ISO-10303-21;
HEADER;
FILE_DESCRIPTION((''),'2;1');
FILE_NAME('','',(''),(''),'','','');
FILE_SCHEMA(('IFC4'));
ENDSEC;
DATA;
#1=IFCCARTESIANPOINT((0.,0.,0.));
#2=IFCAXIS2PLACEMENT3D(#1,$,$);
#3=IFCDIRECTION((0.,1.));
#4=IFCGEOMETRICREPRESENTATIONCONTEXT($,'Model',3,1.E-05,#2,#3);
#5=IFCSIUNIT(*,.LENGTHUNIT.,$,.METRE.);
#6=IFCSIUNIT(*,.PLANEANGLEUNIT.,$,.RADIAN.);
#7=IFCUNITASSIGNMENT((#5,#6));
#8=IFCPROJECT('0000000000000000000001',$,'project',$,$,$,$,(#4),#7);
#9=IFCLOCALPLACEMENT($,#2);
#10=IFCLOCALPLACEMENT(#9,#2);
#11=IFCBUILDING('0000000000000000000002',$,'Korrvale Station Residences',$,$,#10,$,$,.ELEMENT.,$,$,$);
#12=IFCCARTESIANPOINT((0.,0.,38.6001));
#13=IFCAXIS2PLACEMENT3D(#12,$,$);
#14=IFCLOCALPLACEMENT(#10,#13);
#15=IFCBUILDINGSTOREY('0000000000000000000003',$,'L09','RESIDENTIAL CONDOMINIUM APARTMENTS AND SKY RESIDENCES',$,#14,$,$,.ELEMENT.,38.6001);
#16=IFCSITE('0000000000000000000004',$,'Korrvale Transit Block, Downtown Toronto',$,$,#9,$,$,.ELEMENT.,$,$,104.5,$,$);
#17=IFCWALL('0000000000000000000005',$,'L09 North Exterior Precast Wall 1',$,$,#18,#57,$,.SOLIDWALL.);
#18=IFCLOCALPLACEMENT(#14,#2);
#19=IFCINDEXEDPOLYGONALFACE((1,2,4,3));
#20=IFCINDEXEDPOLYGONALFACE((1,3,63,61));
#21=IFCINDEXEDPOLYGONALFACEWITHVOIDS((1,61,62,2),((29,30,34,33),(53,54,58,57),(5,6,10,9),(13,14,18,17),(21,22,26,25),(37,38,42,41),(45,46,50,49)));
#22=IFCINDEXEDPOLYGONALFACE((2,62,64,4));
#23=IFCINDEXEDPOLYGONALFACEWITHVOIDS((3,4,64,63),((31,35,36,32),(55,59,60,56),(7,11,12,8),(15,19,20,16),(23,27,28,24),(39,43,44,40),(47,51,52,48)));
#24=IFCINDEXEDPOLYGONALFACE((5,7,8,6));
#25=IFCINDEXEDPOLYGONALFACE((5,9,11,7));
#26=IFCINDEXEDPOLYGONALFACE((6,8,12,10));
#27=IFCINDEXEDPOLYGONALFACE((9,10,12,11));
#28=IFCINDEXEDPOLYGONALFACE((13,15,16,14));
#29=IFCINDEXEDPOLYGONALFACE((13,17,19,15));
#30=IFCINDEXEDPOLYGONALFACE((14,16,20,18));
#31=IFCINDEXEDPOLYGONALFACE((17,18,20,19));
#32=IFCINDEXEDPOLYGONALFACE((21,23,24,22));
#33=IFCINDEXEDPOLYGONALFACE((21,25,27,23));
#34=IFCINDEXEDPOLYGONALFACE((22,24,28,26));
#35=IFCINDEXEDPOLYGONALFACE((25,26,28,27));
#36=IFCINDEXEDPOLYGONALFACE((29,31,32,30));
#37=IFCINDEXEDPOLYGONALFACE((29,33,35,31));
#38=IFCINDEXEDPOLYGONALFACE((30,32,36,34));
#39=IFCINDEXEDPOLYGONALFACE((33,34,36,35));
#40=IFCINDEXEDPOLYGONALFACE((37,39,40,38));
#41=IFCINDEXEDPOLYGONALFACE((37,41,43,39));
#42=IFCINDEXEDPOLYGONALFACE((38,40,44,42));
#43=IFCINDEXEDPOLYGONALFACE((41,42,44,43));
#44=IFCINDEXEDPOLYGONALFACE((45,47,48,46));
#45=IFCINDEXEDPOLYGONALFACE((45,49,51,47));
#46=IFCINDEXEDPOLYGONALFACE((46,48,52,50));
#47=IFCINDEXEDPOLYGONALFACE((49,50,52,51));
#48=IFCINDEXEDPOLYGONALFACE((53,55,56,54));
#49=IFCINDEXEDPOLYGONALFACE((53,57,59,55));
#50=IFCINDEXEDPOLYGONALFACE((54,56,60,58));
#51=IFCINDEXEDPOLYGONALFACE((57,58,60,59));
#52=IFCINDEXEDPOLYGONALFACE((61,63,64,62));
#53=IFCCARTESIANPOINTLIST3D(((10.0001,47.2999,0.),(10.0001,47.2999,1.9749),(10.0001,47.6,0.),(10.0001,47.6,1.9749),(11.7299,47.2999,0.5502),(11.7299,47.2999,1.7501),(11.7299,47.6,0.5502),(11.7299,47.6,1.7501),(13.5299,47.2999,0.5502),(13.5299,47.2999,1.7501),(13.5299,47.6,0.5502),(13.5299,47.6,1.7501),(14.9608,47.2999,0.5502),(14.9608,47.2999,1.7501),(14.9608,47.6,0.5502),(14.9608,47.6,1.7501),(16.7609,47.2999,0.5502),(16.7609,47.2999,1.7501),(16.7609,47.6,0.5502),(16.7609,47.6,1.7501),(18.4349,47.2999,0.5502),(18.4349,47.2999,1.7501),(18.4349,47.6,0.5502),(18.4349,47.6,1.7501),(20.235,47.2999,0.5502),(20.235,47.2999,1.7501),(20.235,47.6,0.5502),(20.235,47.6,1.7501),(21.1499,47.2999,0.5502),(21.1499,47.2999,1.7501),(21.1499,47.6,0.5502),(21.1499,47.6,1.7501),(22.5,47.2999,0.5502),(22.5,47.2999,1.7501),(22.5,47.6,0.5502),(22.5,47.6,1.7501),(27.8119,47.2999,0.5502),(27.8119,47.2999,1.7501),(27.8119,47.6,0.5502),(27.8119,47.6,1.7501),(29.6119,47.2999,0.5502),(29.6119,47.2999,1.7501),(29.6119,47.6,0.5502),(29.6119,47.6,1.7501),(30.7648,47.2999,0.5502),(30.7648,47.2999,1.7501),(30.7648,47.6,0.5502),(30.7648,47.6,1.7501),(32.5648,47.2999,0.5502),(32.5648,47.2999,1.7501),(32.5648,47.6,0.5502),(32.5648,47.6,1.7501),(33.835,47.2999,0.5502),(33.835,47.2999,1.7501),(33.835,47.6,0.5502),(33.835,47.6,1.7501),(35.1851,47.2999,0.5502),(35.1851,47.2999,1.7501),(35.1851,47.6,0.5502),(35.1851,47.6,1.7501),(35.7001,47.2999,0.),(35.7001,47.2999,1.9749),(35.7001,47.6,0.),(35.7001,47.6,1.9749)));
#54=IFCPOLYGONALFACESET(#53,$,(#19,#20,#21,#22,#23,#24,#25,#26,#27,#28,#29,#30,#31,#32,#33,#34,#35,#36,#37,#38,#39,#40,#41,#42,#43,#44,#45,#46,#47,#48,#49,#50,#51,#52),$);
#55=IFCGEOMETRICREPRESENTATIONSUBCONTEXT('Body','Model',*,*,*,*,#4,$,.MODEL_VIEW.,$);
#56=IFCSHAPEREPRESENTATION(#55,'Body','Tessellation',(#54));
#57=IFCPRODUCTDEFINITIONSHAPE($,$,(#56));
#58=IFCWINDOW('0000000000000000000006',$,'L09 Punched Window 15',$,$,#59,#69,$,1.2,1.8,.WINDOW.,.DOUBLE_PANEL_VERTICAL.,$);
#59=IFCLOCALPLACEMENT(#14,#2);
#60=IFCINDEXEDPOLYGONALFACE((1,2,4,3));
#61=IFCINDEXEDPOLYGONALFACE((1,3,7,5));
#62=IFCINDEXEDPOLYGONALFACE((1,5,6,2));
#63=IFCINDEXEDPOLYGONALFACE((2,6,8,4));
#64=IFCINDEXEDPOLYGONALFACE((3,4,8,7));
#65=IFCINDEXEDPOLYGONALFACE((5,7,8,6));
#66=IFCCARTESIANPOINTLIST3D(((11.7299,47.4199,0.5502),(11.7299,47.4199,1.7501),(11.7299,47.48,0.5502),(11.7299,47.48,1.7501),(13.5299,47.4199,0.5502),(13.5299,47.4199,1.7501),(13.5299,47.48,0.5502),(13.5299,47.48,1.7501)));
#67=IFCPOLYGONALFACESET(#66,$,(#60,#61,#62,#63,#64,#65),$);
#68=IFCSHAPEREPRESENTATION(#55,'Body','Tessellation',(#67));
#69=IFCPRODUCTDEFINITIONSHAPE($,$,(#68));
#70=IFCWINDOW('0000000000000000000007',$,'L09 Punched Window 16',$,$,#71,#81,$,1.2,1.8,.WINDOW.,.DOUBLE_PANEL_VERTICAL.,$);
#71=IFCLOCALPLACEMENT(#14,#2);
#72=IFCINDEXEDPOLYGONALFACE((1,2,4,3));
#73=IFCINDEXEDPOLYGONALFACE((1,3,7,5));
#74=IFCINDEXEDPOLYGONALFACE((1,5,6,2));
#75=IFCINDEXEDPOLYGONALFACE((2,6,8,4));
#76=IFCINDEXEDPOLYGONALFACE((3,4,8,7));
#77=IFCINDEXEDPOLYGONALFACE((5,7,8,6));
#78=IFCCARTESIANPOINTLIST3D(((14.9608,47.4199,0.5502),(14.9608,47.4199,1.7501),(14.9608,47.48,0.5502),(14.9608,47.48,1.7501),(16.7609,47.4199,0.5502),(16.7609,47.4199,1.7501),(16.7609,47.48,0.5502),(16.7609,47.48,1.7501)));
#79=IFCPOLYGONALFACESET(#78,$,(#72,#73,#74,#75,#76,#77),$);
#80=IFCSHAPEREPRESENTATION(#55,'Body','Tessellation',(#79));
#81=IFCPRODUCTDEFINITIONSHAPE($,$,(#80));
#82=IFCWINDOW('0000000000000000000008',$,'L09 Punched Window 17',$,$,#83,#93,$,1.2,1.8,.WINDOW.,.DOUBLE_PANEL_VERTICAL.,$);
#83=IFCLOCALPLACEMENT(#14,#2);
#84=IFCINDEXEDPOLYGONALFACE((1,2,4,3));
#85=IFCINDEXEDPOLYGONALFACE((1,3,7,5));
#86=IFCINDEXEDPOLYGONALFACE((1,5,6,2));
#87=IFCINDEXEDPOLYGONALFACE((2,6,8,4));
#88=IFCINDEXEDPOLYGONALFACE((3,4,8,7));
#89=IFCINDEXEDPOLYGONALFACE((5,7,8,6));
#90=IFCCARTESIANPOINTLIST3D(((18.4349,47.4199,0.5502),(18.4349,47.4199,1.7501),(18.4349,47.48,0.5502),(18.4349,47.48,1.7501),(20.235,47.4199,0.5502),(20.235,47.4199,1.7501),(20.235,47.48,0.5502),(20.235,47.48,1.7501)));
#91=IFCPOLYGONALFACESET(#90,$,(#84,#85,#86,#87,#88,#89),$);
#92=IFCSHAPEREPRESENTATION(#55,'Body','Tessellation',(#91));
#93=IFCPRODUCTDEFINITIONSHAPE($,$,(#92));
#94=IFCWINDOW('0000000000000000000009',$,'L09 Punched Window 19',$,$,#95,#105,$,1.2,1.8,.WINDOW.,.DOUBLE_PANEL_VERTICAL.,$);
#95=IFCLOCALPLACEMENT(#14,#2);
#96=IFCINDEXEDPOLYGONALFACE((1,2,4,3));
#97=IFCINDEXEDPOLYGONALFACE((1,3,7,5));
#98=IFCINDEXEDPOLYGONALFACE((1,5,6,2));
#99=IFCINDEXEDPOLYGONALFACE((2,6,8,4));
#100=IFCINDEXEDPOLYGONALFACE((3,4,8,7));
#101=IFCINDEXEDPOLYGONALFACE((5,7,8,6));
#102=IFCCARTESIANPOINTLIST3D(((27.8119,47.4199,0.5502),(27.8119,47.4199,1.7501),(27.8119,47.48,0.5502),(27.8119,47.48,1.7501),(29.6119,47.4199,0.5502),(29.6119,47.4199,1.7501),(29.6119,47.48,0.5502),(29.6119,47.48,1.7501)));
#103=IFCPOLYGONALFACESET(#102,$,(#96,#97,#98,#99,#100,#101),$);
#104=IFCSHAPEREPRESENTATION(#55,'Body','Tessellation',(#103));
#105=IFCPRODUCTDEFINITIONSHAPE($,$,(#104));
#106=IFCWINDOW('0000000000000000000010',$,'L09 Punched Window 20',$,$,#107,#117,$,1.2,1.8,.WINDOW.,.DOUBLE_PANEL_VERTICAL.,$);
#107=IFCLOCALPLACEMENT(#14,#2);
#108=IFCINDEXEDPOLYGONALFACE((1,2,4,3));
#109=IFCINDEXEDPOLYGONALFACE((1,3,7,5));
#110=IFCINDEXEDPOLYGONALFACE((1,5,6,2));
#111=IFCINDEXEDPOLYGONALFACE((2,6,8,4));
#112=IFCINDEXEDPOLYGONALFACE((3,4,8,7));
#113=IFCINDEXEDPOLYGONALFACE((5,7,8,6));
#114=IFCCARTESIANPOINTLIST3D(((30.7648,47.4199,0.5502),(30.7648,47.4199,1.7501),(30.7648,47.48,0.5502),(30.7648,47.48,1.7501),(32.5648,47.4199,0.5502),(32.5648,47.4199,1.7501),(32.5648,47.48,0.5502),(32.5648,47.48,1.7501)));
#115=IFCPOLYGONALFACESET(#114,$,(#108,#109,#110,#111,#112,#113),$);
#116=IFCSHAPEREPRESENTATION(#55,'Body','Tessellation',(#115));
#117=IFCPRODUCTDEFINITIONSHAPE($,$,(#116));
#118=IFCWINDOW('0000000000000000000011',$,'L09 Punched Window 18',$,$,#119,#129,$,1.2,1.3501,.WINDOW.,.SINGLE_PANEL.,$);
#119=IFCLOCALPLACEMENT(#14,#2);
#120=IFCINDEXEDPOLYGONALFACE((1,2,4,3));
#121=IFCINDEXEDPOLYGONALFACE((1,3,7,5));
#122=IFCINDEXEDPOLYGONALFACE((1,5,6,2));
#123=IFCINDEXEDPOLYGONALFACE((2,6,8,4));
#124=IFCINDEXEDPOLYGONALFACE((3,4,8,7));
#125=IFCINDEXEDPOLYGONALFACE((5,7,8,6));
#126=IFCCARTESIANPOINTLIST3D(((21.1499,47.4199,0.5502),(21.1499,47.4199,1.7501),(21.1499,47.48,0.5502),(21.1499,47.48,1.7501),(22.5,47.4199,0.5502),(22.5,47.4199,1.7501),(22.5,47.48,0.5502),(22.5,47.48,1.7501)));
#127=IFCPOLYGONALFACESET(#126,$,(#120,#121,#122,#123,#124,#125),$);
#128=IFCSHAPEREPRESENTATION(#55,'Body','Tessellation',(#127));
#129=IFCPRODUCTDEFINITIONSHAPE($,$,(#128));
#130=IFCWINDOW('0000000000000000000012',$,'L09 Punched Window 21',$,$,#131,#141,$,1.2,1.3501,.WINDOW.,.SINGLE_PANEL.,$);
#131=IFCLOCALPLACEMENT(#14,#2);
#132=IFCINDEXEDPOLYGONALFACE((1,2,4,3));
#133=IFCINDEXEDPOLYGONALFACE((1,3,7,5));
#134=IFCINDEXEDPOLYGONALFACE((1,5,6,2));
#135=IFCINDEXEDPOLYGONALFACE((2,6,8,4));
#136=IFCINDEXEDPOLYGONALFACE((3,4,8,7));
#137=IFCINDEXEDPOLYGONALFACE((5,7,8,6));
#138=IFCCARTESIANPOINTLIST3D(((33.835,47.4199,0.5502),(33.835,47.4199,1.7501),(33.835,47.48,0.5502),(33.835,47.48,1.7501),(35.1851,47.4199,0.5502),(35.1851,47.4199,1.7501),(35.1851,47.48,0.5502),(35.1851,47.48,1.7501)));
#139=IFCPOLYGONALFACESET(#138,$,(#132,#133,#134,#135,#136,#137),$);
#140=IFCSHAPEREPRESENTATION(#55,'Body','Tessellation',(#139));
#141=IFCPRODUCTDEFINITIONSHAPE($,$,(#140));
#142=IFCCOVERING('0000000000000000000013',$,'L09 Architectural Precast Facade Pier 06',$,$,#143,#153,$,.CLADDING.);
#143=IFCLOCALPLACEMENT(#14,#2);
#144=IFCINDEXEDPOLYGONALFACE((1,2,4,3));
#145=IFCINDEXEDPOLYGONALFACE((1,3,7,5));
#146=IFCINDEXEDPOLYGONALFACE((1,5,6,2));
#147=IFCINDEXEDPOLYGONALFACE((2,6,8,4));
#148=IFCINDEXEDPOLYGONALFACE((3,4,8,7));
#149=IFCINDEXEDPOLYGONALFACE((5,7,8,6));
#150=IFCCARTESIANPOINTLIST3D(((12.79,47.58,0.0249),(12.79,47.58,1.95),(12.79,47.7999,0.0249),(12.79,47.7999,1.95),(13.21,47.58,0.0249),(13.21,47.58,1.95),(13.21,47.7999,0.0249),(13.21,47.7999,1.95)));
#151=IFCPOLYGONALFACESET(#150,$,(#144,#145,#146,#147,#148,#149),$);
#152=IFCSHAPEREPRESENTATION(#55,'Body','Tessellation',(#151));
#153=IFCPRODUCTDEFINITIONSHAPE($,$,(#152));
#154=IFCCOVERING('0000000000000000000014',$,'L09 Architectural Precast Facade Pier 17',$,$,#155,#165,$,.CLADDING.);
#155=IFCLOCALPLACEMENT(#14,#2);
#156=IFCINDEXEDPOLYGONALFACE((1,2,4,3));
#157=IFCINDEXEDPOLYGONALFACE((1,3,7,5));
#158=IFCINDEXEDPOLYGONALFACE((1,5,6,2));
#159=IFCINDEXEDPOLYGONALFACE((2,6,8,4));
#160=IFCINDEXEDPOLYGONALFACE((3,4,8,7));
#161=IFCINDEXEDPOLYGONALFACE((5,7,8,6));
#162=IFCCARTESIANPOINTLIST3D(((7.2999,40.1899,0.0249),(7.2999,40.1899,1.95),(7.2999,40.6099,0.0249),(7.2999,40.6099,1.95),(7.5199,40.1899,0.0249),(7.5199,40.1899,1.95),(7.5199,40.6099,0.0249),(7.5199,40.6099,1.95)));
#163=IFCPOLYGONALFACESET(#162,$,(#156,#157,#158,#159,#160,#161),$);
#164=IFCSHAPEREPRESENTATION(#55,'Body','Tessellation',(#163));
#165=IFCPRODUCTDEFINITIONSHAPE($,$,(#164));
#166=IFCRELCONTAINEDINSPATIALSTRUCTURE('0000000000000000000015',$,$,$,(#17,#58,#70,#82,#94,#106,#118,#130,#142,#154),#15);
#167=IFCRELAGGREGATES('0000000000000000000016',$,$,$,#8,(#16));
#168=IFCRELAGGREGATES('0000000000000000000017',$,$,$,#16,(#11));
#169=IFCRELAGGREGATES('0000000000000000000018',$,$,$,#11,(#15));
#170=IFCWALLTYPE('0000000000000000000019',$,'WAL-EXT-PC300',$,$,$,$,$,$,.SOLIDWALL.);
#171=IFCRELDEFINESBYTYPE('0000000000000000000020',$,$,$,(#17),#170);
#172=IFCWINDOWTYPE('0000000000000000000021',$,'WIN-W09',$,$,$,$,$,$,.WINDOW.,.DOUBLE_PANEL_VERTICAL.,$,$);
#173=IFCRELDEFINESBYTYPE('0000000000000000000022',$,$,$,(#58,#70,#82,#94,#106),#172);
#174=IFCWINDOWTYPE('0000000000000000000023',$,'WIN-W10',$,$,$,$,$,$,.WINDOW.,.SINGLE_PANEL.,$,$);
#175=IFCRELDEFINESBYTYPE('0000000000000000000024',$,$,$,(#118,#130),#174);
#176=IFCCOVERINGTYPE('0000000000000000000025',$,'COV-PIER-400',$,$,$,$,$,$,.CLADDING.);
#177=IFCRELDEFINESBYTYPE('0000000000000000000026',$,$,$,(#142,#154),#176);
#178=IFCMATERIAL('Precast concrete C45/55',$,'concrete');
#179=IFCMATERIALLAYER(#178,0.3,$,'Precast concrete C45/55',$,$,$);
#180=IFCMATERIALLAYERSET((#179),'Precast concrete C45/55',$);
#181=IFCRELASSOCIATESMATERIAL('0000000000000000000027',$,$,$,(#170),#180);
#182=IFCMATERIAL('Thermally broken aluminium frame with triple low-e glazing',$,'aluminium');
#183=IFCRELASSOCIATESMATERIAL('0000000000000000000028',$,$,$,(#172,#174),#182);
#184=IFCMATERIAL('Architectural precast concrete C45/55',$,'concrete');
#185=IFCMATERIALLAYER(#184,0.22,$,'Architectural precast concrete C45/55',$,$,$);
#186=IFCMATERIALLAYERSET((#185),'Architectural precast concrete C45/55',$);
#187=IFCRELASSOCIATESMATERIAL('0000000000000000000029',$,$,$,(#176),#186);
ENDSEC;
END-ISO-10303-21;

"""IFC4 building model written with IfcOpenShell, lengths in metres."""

from ifc_helpers import new_model, si_unit, direction, frame, frame_2d, origin, origin_2d, place, context, subcontext, project, spatial, rectangle, extrude, material, layer, layer_set, type_object, element, fill, save


model = new_model("IFC4")

# Units and contexts
model_context = context("Model", 3, precision=1e-05, world=origin(), true_north=direction((0.0, 1.0)))
body_context = subcontext(model_context, "Body", "Model", "MODEL_VIEW")
ifc_project = project(units=[si_unit("LENGTHUNIT", "METRE"), si_unit("PLANEANGLEUNIT", "RADIAN")], contexts=[model_context])

# Site, building, storey
site_placement = place(None, origin())
site = spatial("IfcSite", under=ifc_project, at=site_placement, Name="Korrvale Transit Block, Downtown Toronto", CompositionType="ELEMENT", RefElevation=104.5)
building_placement = place(site_placement, origin())
building = spatial("IfcBuilding", under=site, at=building_placement, Name="Korrvale Station Residences", CompositionType="ELEMENT")
storey_placement = place(building_placement, frame((0.0, 0.0, 38.6001)))
storey = spatial("IfcBuildingStorey", under=building, at=storey_placement, Name="L09", Description="RESIDENTIAL CONDOMINIUM APARTMENTS AND SKY RESIDENCES", CompositionType="ELEMENT", Elevation=38.6001)

# Shared definitions
ifc_material_1 = material(Name="Precast concrete C45/55", Category="concrete")

# Wall, openings, windows
ifc_layer_1 = layer(ifc_material_1, 0.3, Name="Precast concrete C45/55")
ifc_layer_set_1 = layer_set([ifc_layer_1], Name="Precast concrete C45/55")
wall_type_1 = type_object("IfcWallType", Name="WAL-EXT-PC300", PredefinedType="SOLIDWALL", material=ifc_layer_set_1)
wall_1_placement = place(storey_placement, frame((10.0, 47.45, 0.0), z_axis=(0.0, 0.0, 1.0), x_axis=(1.0, 0.0, 0.0)))
wall_1 = element("IfcWall", 1, at=wall_1_placement, inside=storey, type_object=wall_type_1, Name="L09 North Exterior Precast Wall 1", PredefinedType="SOLIDWALL", context=body_context, shape_type="SweptSolid", body=[
    extrude(rectangle(XDim=25.7, YDim=0.3, at=frame_2d((12.8501, 0.0))), origin(), (0.0, 0.0, 1.0), 1.9749),
])
opening_1_placement = place(wall_1_placement, frame((1.73, 0.0, 0.55)))
opening_1 = element("IfcOpeningElement", 2, at=opening_1_placement, cuts=wall_1, PredefinedType="OPENING", context=body_context, shape_type="SweptSolid", body=[
    extrude(rectangle(XDim=1.8, YDim=1.2, at=frame_2d((0.8999, 0.6001))), frame((0.0, 0.1602, 0.0), z_axis=(0.0, -1.0, 0.0), x_axis=(1.0, 0.0, 0.0)), (0.0, 0.0, 1.0), 0.3201),
])
opening_2_placement = place(wall_1_placement, frame((4.9609, 0.0, 0.55)))
opening_2 = element("IfcOpeningElement", 3, at=opening_2_placement, cuts=wall_1, PredefinedType="OPENING", context=body_context, shape_type="SweptSolid", body=[
    extrude(rectangle(XDim=1.8, YDim=1.2, at=frame_2d((0.8999, 0.6001))), frame((0.0, 0.1602, 0.0), z_axis=(0.0, -1.0, 0.0), x_axis=(1.0, 0.0, 0.0)), (0.0, 0.0, 1.0), 0.3201),
])
opening_3_placement = place(wall_1_placement, frame((8.4351, 0.0, 0.55)))
opening_3 = element("IfcOpeningElement", 4, at=opening_3_placement, cuts=wall_1, PredefinedType="OPENING", context=body_context, shape_type="SweptSolid", body=[
    extrude(rectangle(XDim=1.8, YDim=1.2, at=frame_2d((0.8999, 0.6001))), frame((0.0, 0.1602, 0.0), z_axis=(0.0, -1.0, 0.0), x_axis=(1.0, 0.0, 0.0)), (0.0, 0.0, 1.0), 0.3201),
])
opening_4_placement = place(wall_1_placement, frame((11.1499, 0.0, 0.55)))
opening_4 = element("IfcOpeningElement", 5, at=opening_4_placement, cuts=wall_1, PredefinedType="OPENING", context=body_context, shape_type="SweptSolid", body=[
    extrude(rectangle(XDim=1.3501, YDim=1.2, at=frame_2d((0.675, 0.6001))), frame((0.0, 0.1602, 0.0), z_axis=(0.0, -1.0, 0.0), x_axis=(1.0, 0.0, 0.0)), (0.0, 0.0, 1.0), 0.3201),
])
opening_5_placement = place(wall_1_placement, frame((17.812, 0.0, 0.55)))
opening_5 = element("IfcOpeningElement", 6, at=opening_5_placement, cuts=wall_1, PredefinedType="OPENING", context=body_context, shape_type="SweptSolid", body=[
    extrude(rectangle(XDim=1.8, YDim=1.2, at=frame_2d((0.8999, 0.6001))), frame((0.0, 0.1602, 0.0), z_axis=(0.0, -1.0, 0.0), x_axis=(1.0, 0.0, 0.0)), (0.0, 0.0, 1.0), 0.3201),
])
opening_6_placement = place(wall_1_placement, frame((20.7649, 0.0, 0.55)))
opening_6 = element("IfcOpeningElement", 7, at=opening_6_placement, cuts=wall_1, PredefinedType="OPENING", context=body_context, shape_type="SweptSolid", body=[
    extrude(rectangle(XDim=1.8, YDim=1.2, at=frame_2d((0.8999, 0.6001))), frame((0.0, 0.1602, 0.0), z_axis=(0.0, -1.0, 0.0), x_axis=(1.0, 0.0, 0.0)), (0.0, 0.0, 1.0), 0.3201),
])
opening_7_placement = place(wall_1_placement, frame((23.835, 0.0, 0.55)))
opening_7 = element("IfcOpeningElement", 8, at=opening_7_placement, cuts=wall_1, PredefinedType="OPENING", context=body_context, shape_type="SweptSolid", body=[
    extrude(rectangle(XDim=1.3501, YDim=1.2, at=frame_2d((0.675, 0.6001))), frame((0.0, 0.1602, 0.0), z_axis=(0.0, -1.0, 0.0), x_axis=(1.0, 0.0, 0.0)), (0.0, 0.0, 1.0), 0.3201),
])
ifc_material_2 = material(Name="Thermally broken aluminium frame with triple low-e glazing", Category="aluminium")
window_type_1 = type_object("IfcWindowType", Name="WIN-W09", PartitioningType="DOUBLE_PANEL_VERTICAL", PredefinedType="WINDOW", material=ifc_material_2)
window_1_placement = place(opening_1_placement, origin())
window_1 = element("IfcWindow", 9, at=window_1_placement, inside=storey, type_object=window_type_1, Name="L09 Punched Window 15", OverallHeight=1.2, OverallWidth=1.8, PartitioningType="DOUBLE_PANEL_VERTICAL", PredefinedType="WINDOW", context=body_context, shape_type="SweptSolid", body=[
    extrude(rectangle(XDim=1.8, YDim=1.2, at=frame_2d((0.8999, 0.6001))), frame((0.0, 0.03, 0.0), z_axis=(0.0, -1.0, 0.0), x_axis=(1.0, 0.0, 0.0)), (0.0, 0.0, 1.0), 0.0601),
])
fill(opening_1, window_1)
window_2_placement = place(opening_2_placement, origin())
window_2 = element("IfcWindow", 10, at=window_2_placement, inside=storey, type_object=window_type_1, Name="L09 Punched Window 16", OverallHeight=1.2, OverallWidth=1.8, PartitioningType="DOUBLE_PANEL_VERTICAL", PredefinedType="WINDOW", context=body_context, shape_type="SweptSolid", body=[
    extrude(rectangle(XDim=1.8, YDim=1.2, at=frame_2d((0.8999, 0.6001))), frame((0.0, 0.03, 0.0), z_axis=(0.0, -1.0, 0.0), x_axis=(1.0, 0.0, 0.0)), (0.0, 0.0, 1.0), 0.0601),
])
fill(opening_2, window_2)
window_3_placement = place(opening_3_placement, origin())
window_3 = element("IfcWindow", 11, at=window_3_placement, inside=storey, type_object=window_type_1, Name="L09 Punched Window 17", OverallHeight=1.2, OverallWidth=1.8, PartitioningType="DOUBLE_PANEL_VERTICAL", PredefinedType="WINDOW", context=body_context, shape_type="SweptSolid", body=[
    extrude(rectangle(XDim=1.8, YDim=1.2, at=frame_2d((0.8999, 0.6001))), frame((0.0, 0.03, 0.0), z_axis=(0.0, -1.0, 0.0), x_axis=(1.0, 0.0, 0.0)), (0.0, 0.0, 1.0), 0.0601),
])
fill(opening_3, window_3)
window_4_placement = place(opening_5_placement, origin())
window_4 = element("IfcWindow", 12, at=window_4_placement, inside=storey, type_object=window_type_1, Name="L09 Punched Window 19", OverallHeight=1.2, OverallWidth=1.8, PartitioningType="DOUBLE_PANEL_VERTICAL", PredefinedType="WINDOW", context=body_context, shape_type="SweptSolid", body=[
    extrude(rectangle(XDim=1.8, YDim=1.2, at=frame_2d((0.8999, 0.6001))), frame((0.0, 0.03, 0.0), z_axis=(0.0, -1.0, 0.0), x_axis=(1.0, 0.0, 0.0)), (0.0, 0.0, 1.0), 0.0601),
])
fill(opening_5, window_4)
window_5_placement = place(opening_6_placement, origin())
window_5 = element("IfcWindow", 13, at=window_5_placement, inside=storey, type_object=window_type_1, Name="L09 Punched Window 20", OverallHeight=1.2, OverallWidth=1.8, PartitioningType="DOUBLE_PANEL_VERTICAL", PredefinedType="WINDOW", context=body_context, shape_type="SweptSolid", body=[
    extrude(rectangle(XDim=1.8, YDim=1.2, at=frame_2d((0.8999, 0.6001))), frame((0.0, 0.03, 0.0), z_axis=(0.0, -1.0, 0.0), x_axis=(1.0, 0.0, 0.0)), (0.0, 0.0, 1.0), 0.0601),
])
fill(opening_6, window_5)
window_type_2 = type_object("IfcWindowType", Name="WIN-W10", PartitioningType="SINGLE_PANEL", PredefinedType="WINDOW", material=ifc_material_2)
window_6_placement = place(opening_4_placement, origin())
window_6 = element("IfcWindow", 14, at=window_6_placement, inside=storey, type_object=window_type_2, Name="L09 Punched Window 18", OverallHeight=1.2, OverallWidth=1.3501, PartitioningType="SINGLE_PANEL", PredefinedType="WINDOW", context=body_context, shape_type="SweptSolid", body=[
    extrude(rectangle(XDim=1.3501, YDim=1.2, at=frame_2d((0.675, 0.6001))), frame((0.0, 0.03, 0.0), z_axis=(0.0, -1.0, 0.0), x_axis=(1.0, 0.0, 0.0)), (0.0, 0.0, 1.0), 0.0601),
])
fill(opening_4, window_6)
window_7_placement = place(opening_7_placement, origin())
window_7 = element("IfcWindow", 15, at=window_7_placement, inside=storey, type_object=window_type_2, Name="L09 Punched Window 21", OverallHeight=1.2, OverallWidth=1.3501, PartitioningType="SINGLE_PANEL", PredefinedType="WINDOW", context=body_context, shape_type="SweptSolid", body=[
    extrude(rectangle(XDim=1.3501, YDim=1.2, at=frame_2d((0.675, 0.6001))), frame((0.0, 0.03, 0.0), z_axis=(0.0, -1.0, 0.0), x_axis=(1.0, 0.0, 0.0)), (0.0, 0.0, 1.0), 0.0601),
])
fill(opening_7, window_7)

# Coverings
ifc_material_3 = material(Name="Architectural precast concrete C45/55", Category="concrete")
ifc_layer_2 = layer(ifc_material_3, 0.22, Name="Architectural precast concrete C45/55")
ifc_layer_set_2 = layer_set([ifc_layer_2], Name="Architectural precast concrete C45/55")
covering_type = type_object("IfcCoveringType", Name="COV-PIER-400", PredefinedType="CLADDING", material=ifc_layer_set_2)
for number, where, z_axis, x_axis, name in (
    (16, (13.0, 47.6899, 0.0249), (0.0, 0.0, 1.0), (1.0, 0.0, 0.0), "L09 Architectural Precast Facade Pier 06"),
    (17, (7.4099, 40.3999, 0.0249), (0.0, 0.0, 1.0), (0.0, 1.0, 0.0), "L09 Architectural Precast Facade Pier 17"),
):
    element("IfcCovering", number, at=place(storey_placement, frame(where, z_axis=z_axis, x_axis=x_axis)), inside=storey, type_object=covering_type, Name=name, PredefinedType="CLADDING", context=body_context, shape_type="SweptSolid", body=[
        extrude(rectangle(XDim=0.4199, YDim=0.22, at=origin_2d()), origin(), (0.0, 0.0, 1.0), 1.925),
    ])

save(model, "model.ifc")
